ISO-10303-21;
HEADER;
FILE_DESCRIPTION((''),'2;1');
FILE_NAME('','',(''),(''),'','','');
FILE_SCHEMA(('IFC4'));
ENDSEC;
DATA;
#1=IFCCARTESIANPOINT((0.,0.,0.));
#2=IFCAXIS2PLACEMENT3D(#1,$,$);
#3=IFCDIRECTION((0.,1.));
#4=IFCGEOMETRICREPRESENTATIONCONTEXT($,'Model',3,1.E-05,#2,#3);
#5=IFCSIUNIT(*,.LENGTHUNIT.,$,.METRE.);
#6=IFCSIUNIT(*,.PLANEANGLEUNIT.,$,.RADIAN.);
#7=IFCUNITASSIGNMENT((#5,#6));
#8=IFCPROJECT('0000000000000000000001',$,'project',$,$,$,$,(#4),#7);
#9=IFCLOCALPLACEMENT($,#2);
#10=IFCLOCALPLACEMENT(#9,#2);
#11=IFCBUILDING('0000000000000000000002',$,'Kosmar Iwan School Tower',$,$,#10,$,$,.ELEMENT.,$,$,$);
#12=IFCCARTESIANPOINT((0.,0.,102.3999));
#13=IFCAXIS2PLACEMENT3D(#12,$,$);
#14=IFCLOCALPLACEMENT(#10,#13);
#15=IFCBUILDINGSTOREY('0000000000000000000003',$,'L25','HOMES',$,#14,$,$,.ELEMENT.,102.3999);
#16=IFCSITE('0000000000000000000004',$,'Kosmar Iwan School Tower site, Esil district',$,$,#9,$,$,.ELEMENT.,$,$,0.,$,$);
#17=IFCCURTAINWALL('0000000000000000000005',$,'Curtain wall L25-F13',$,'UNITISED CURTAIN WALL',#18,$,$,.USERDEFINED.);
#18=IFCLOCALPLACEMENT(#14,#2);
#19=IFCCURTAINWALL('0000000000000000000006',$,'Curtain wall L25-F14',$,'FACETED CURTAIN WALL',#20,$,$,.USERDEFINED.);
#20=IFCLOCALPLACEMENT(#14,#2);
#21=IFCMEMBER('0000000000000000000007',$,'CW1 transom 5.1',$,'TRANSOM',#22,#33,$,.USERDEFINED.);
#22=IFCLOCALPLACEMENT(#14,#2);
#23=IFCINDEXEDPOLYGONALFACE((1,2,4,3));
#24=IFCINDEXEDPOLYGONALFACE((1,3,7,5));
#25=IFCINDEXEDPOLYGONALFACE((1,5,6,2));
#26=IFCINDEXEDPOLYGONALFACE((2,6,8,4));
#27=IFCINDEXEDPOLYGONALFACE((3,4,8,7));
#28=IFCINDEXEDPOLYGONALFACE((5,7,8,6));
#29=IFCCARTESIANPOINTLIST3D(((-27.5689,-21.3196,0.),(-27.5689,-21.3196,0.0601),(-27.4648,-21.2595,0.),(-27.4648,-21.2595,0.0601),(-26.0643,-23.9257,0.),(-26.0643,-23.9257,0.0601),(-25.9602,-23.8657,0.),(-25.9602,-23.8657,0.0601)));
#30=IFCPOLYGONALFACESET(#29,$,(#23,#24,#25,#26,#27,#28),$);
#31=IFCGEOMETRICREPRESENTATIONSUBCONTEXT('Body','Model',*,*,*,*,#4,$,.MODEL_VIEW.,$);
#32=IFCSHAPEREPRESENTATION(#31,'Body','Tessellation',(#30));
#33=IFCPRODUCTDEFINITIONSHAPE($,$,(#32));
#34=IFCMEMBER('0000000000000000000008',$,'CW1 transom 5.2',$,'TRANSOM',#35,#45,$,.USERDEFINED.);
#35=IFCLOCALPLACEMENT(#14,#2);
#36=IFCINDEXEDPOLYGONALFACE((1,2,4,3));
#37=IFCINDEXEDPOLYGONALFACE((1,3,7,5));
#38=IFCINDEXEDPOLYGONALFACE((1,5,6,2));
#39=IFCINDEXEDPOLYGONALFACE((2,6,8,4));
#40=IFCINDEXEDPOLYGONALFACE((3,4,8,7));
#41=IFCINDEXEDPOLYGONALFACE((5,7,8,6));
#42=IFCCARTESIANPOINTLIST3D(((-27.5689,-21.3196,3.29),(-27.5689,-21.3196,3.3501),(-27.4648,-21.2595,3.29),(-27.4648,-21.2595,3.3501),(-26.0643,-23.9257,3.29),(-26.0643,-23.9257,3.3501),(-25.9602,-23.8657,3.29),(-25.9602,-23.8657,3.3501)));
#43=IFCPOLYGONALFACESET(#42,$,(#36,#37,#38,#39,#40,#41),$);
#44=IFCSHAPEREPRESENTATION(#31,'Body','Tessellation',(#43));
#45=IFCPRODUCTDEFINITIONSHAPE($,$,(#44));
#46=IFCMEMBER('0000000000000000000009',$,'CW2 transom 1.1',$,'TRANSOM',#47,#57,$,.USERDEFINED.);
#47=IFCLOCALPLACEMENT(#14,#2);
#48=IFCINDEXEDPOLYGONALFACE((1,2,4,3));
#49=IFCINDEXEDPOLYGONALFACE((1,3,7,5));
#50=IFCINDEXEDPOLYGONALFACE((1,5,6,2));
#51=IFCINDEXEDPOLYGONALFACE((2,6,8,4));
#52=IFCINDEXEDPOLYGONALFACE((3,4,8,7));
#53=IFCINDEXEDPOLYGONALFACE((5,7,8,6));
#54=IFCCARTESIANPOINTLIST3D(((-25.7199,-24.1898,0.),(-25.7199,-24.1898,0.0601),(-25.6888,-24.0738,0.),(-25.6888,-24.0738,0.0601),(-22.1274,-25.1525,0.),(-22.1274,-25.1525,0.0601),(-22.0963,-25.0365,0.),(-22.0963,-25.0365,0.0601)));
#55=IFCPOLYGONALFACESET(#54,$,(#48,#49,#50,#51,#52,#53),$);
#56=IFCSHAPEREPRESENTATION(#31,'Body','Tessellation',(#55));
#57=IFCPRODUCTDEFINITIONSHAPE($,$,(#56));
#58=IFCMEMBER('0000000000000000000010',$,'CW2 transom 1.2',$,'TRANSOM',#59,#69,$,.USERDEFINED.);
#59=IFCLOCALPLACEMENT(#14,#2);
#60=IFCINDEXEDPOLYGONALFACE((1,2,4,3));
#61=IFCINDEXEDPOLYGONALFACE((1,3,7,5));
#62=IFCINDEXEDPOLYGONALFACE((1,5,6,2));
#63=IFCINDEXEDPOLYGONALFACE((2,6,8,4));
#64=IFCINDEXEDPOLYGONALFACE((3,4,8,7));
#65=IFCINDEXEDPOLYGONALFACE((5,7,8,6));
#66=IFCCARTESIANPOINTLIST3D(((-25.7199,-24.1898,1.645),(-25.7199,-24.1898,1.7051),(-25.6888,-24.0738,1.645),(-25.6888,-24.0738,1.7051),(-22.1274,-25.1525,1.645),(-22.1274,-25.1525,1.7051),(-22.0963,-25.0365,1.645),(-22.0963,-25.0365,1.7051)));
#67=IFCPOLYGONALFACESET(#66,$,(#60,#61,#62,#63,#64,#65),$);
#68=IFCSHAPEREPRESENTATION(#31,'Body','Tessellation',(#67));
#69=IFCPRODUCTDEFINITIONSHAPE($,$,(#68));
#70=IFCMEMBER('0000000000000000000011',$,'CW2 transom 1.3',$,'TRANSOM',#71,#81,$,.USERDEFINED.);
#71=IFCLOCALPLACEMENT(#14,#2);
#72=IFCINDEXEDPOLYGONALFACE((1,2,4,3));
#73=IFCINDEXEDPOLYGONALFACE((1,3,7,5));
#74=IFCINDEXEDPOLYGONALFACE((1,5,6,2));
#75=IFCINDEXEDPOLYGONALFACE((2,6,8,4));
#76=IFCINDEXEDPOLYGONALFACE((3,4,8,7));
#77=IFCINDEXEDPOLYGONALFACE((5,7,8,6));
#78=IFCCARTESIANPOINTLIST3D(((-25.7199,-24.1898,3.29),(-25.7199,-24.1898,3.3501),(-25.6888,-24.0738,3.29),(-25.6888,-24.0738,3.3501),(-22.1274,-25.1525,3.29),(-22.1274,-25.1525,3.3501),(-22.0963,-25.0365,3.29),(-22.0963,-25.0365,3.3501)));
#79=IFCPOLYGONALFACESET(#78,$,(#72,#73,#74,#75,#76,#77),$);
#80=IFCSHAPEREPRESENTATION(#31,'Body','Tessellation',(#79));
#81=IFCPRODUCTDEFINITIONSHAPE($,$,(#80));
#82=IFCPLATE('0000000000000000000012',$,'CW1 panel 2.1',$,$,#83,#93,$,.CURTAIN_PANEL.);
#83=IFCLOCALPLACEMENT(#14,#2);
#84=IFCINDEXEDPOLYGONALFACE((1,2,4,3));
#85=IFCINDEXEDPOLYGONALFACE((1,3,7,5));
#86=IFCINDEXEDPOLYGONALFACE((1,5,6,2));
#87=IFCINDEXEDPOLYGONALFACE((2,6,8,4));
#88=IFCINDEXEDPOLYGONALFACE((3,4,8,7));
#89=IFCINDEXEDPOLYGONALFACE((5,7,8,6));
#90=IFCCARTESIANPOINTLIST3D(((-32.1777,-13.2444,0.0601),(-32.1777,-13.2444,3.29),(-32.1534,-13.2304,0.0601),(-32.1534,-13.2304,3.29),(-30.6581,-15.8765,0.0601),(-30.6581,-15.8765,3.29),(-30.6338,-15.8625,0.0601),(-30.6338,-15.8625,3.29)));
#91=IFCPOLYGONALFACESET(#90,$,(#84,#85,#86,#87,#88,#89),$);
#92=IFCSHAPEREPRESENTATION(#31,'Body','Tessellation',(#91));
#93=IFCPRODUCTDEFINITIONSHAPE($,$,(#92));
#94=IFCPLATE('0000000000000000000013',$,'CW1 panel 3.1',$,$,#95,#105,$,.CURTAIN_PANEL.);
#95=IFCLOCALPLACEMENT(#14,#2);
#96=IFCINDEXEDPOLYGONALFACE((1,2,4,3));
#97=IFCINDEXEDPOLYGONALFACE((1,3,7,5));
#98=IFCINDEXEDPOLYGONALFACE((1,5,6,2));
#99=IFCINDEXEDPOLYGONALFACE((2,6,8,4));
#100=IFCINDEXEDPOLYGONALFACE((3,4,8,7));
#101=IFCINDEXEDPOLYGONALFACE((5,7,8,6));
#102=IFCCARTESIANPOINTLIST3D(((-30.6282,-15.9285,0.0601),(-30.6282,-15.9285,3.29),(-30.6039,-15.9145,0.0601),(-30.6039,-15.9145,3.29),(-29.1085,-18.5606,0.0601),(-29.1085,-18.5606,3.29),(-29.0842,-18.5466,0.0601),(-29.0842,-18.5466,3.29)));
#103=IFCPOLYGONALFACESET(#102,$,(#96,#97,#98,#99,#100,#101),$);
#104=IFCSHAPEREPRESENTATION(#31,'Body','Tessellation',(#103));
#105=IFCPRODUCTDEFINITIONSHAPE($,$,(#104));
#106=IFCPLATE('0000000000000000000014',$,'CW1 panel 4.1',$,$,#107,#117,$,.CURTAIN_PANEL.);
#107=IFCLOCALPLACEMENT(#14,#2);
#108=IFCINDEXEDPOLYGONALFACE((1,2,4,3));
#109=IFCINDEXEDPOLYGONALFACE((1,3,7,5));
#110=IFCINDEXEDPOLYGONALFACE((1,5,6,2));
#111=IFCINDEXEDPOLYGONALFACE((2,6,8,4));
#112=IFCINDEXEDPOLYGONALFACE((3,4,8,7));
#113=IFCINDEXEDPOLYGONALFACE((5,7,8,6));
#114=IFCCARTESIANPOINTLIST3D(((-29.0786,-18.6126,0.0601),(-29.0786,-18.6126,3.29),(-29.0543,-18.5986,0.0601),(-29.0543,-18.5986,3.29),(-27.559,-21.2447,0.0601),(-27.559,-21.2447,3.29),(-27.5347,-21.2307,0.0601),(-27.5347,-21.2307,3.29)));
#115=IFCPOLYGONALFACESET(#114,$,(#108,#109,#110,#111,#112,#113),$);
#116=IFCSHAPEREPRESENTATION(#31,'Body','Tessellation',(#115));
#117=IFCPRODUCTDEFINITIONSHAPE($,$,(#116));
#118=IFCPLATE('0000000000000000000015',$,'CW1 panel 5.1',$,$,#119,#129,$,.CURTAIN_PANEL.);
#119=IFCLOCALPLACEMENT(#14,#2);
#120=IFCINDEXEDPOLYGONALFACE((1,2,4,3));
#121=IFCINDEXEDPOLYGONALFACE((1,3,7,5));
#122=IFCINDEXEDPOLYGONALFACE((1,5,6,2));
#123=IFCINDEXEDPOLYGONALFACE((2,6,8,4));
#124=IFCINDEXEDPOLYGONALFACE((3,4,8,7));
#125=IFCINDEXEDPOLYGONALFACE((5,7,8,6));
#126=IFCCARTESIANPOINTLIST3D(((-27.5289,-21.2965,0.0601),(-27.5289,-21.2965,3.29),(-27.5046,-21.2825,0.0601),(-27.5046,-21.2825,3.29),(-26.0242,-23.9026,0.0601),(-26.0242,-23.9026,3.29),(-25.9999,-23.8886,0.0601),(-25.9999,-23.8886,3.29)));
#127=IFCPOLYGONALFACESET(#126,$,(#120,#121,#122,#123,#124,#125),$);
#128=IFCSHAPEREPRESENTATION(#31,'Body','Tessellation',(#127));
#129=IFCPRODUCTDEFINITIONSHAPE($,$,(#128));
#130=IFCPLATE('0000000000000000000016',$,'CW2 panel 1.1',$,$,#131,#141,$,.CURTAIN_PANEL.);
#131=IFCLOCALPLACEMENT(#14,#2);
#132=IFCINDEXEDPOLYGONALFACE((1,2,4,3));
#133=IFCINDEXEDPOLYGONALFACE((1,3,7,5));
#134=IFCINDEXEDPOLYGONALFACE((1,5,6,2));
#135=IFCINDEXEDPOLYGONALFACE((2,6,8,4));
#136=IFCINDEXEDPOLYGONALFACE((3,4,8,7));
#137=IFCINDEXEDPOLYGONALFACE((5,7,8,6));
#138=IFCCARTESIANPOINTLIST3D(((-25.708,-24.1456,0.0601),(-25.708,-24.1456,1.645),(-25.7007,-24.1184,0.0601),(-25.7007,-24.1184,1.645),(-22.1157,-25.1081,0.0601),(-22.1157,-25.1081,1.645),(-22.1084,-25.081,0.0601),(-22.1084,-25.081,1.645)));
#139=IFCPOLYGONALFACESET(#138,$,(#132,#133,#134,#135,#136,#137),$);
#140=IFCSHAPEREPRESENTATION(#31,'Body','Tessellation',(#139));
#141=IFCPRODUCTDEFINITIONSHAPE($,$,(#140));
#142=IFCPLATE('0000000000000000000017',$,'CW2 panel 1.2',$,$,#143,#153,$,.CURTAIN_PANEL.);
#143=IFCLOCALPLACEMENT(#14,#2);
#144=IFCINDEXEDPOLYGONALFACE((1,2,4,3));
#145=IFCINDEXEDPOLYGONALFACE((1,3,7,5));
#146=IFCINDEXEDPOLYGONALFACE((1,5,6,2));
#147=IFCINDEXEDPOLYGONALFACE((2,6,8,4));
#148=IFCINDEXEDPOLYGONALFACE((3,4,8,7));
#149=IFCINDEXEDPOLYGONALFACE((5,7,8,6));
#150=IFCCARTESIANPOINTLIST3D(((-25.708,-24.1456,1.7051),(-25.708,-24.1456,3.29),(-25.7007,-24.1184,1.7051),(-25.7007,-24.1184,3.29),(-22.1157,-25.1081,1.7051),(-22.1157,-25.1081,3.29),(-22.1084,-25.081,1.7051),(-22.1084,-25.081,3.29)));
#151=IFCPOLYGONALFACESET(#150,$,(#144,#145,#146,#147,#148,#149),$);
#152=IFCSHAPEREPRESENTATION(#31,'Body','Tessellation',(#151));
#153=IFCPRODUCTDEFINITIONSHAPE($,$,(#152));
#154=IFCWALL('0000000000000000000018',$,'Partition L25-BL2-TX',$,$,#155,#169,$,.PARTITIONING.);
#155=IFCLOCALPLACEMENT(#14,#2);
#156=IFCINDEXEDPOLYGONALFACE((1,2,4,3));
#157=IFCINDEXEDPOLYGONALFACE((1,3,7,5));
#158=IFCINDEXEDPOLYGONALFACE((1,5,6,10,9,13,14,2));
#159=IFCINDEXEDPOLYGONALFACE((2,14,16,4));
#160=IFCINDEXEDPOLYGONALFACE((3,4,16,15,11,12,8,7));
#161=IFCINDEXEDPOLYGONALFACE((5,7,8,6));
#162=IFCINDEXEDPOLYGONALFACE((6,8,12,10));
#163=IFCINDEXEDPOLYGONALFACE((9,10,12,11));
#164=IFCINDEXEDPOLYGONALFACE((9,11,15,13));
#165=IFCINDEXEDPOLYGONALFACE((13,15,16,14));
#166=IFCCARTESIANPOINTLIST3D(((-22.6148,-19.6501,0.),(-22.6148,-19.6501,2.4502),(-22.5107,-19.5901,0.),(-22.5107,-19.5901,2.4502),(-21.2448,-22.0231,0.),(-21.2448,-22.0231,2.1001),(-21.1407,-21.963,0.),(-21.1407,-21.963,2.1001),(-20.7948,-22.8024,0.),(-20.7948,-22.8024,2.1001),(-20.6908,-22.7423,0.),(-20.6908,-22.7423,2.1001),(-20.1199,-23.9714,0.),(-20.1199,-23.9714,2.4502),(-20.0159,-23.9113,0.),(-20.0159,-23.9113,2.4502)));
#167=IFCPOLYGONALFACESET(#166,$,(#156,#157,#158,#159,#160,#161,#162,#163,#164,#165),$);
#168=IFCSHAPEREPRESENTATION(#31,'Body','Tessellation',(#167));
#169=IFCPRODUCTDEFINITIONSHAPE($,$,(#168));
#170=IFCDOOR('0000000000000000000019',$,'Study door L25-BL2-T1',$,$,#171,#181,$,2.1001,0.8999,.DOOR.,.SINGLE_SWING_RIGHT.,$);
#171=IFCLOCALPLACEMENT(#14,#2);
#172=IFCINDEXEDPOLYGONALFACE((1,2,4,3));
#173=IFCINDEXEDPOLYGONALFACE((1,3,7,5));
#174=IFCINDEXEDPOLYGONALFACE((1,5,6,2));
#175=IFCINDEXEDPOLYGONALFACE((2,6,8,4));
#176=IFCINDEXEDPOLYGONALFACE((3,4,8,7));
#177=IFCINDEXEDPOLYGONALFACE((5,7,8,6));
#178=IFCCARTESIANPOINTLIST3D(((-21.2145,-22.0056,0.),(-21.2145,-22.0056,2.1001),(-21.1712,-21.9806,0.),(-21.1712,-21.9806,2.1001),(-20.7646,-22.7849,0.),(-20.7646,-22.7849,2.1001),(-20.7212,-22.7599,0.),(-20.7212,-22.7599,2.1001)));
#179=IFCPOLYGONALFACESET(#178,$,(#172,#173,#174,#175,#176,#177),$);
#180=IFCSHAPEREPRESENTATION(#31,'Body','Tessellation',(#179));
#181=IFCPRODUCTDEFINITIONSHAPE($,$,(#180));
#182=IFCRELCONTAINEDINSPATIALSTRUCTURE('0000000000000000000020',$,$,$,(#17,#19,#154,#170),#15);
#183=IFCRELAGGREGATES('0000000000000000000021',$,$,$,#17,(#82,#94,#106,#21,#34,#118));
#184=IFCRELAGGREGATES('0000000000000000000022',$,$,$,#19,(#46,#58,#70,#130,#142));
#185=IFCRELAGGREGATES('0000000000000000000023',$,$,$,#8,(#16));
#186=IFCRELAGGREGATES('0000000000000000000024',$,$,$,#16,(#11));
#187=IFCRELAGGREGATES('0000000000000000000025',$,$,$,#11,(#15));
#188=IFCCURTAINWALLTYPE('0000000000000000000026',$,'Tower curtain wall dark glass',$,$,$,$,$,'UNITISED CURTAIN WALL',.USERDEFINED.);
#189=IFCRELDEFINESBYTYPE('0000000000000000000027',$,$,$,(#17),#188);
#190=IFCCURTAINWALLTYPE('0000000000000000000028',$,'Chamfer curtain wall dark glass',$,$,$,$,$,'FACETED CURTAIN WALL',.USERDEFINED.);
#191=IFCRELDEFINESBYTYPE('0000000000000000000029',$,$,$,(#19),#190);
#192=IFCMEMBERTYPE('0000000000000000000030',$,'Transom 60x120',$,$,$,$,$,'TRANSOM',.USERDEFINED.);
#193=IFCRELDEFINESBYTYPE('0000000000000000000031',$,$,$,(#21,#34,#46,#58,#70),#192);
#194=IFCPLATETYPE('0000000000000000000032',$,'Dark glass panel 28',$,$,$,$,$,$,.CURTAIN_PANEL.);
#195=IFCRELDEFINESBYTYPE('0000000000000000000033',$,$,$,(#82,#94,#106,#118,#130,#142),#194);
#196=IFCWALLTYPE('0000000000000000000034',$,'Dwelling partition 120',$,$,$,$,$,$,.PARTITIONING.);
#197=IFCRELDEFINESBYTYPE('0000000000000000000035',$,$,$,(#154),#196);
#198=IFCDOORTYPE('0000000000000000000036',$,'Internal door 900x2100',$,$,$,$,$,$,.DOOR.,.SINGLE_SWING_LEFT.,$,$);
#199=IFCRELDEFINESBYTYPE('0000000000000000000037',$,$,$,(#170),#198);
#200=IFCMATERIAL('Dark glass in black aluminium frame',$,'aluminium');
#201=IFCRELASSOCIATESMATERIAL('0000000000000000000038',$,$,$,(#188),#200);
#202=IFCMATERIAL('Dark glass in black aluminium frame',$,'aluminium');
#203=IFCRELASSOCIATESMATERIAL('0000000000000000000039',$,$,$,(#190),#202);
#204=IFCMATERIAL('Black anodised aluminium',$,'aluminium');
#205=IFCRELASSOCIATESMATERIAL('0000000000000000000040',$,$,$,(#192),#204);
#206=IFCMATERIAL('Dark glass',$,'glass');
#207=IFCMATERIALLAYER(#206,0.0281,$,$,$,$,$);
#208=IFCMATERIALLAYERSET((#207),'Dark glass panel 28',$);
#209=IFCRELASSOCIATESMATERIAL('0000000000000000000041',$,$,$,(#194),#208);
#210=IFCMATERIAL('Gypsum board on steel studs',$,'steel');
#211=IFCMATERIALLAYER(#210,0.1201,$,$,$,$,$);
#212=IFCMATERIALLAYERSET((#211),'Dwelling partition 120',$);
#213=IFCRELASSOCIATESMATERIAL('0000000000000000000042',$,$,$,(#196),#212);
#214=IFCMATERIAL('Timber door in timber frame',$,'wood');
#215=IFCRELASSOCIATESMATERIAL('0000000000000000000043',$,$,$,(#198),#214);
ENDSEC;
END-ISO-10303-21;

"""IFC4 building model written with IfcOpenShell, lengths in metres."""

from ifc_helpers import new_model, si_unit, direction, frame, frame_2d, origin, origin_2d, place, context, subcontext, project, spatial, rectangle, extrude, material, layer, layer_set, material_profile, profile_set, type_object, element, fill, aggregate, save


model = new_model("IFC4")

# Units and contexts
model_context = context("Model", 3, precision=1e-05, world=origin(), true_north=direction((0.0, 1.0)))
body_context = subcontext(model_context, "Body", "Model", "MODEL_VIEW")
ifc_project = project(units=[si_unit("LENGTHUNIT", "METRE"), si_unit("PLANEANGLEUNIT", "RADIAN")], contexts=[model_context])

# Site, building, storey
site_placement = place(None, origin())
site = spatial("IfcSite", under=ifc_project, at=site_placement, Name="Kosmar Iwan School Tower site, Esil district", CompositionType="ELEMENT", RefElevation=0.0)
building_placement = place(site_placement, origin())
building = spatial("IfcBuilding", under=site, at=building_placement, Name="Kosmar Iwan School Tower", CompositionType="ELEMENT")
storey_placement = place(building_placement, frame((0.0, 0.0, 102.3999)))
storey = spatial("IfcBuildingStorey", under=building, at=storey_placement, Name="L25", Description="HOMES", CompositionType="ELEMENT", Elevation=102.3999)

# Curtain wall
ifc_material_1 = material(Name="Dark glass in black aluminium frame", Category="aluminium")
curtain_wall_type_1 = type_object("IfcCurtainWallType", Name="Tower curtain wall dark glass", ElementType="UNITISED CURTAIN WALL", PredefinedType="USERDEFINED", material=ifc_material_1)
curtain_wall_1_placement = place(storey_placement, origin())
curtain_wall_1 = element("IfcCurtainWall", 1, at=curtain_wall_1_placement, inside=storey, type_object=curtain_wall_type_1, Name="Curtain wall L25-F13", ObjectType="UNITISED CURTAIN WALL", PredefinedType="USERDEFINED")

# Curtain wall
ifc_material_2 = material(Name="Dark glass in black aluminium frame", Category="aluminium")
curtain_wall_type_2 = type_object("IfcCurtainWallType", Name="Chamfer curtain wall dark glass", ElementType="FACETED CURTAIN WALL", PredefinedType="USERDEFINED", material=ifc_material_2)
curtain_wall_2_placement = place(storey_placement, origin())
curtain_wall_2 = element("IfcCurtainWall", 2, at=curtain_wall_2_placement, inside=storey, type_object=curtain_wall_type_2, Name="Curtain wall L25-F14", ObjectType="FACETED CURTAIN WALL", PredefinedType="USERDEFINED")

# Members
ifc_material_3 = material(Name="Black anodised aluminium", Category="aluminium")
ifc_material_profile_1 = material_profile(ifc_material_3, rectangle(XDim=0.1201, YDim=0.0601, at=origin_2d()), Name="TRANSOM 60x120")
ifc_profile_set_1 = profile_set([ifc_material_profile_1], Name="Black anodised aluminium")
member_type_1 = type_object("IfcMemberType", Name="Transom 60x120", ElementType="TRANSOM", PredefinedType="USERDEFINED", material=ifc_profile_set_1)
member_1_placement = place(storey_placement, frame((-27.5168, -21.2896, 0.03), z_axis=(0.499987, -0.866033, 0.0), x_axis=(0.866033, 0.499987, 0.0)))
member_1 = element("IfcMember", 3, at=member_1_placement, type_object=member_type_1, Name="CW1 transom 5.1", ObjectType="TRANSOM", PredefinedType="USERDEFINED", context=body_context, shape_type="SweptSolid", body=[
    extrude(rectangle(XDim=0.1201, YDim=0.0601, at=origin_2d()), origin(), (0.0, 0.0, 1.0), 3.0093),
])
member_2_placement = place(storey_placement, frame((-27.5168, -21.2896, 3.3201), z_axis=(0.499987, -0.866033, 0.0), x_axis=(0.866033, 0.499987, 0.0)))
member_2 = element("IfcMember", 4, at=member_2_placement, type_object=member_type_1, Name="CW1 transom 5.2", ObjectType="TRANSOM", PredefinedType="USERDEFINED", context=body_context, shape_type="SweptSolid", body=[
    extrude(rectangle(XDim=0.1201, YDim=0.0601, at=origin_2d()), origin(), (0.0, 0.0, 1.0), 3.0093),
])
member_3_placement = place(storey_placement, frame((-25.7043, -24.1318, 0.03), z_axis=(0.965924, -0.258827, 0.0), x_axis=(0.258827, 0.965924, 0.0)))
member_3 = element("IfcMember", 5, at=member_3_placement, type_object=member_type_1, Name="CW2 transom 1.1", ObjectType="TRANSOM", PredefinedType="USERDEFINED", context=body_context, shape_type="SweptSolid", body=[
    extrude(rectangle(XDim=0.1201, YDim=0.0601, at=origin_2d()), origin(), (0.0, 0.0, 1.0), 3.7192),
])
member_4_placement = place(storey_placement, frame((-25.7043, -24.1318, 1.675), z_axis=(0.965924, -0.258827, 0.0), x_axis=(0.258827, 0.965924, 0.0)))
member_4 = element("IfcMember", 6, at=member_4_placement, type_object=member_type_1, Name="CW2 transom 1.2", ObjectType="TRANSOM", PredefinedType="USERDEFINED", context=body_context, shape_type="SweptSolid", body=[
    extrude(rectangle(XDim=0.1201, YDim=0.0601, at=origin_2d()), origin(), (0.0, 0.0, 1.0), 3.7192),
])
member_5_placement = place(storey_placement, frame((-25.7043, -24.1318, 3.3201), z_axis=(0.965924, -0.258827, 0.0), x_axis=(0.258827, 0.965924, 0.0)))
member_5 = element("IfcMember", 7, at=member_5_placement, type_object=member_type_1, Name="CW2 transom 1.3", ObjectType="TRANSOM", PredefinedType="USERDEFINED", context=body_context, shape_type="SweptSolid", body=[
    extrude(rectangle(XDim=0.1201, YDim=0.0601, at=origin_2d()), origin(), (0.0, 0.0, 1.0), 3.7192),
])

# Plates
ifc_material_4 = material(Name="Dark glass", Category="glass")
ifc_layer_1 = layer(ifc_material_4, 0.0281)
ifc_layer_set_1 = layer_set([ifc_layer_1], Name="Dark glass panel 28")
plate_type = type_object("IfcPlateType", Name="Dark glass panel 28", PredefinedType="CURTAIN_PANEL", material=ifc_layer_set_1)
plate_1_placement = place(storey_placement, frame((-31.4058, -14.5535, 0.0601), z_axis=(0.0, 0.0, 1.0), x_axis=(0.5, -0.866025, 0.0)))
plate_1 = element("IfcPlate", 8, at=plate_1_placement, type_object=plate_type, Name="CW1 panel 2.1", PredefinedType="CURTAIN_PANEL", context=body_context, shape_type="SweptSolid", body=[
    extrude(rectangle(XDim=3.0393, YDim=0.0281, at=origin_2d()), origin(), (0.0, 0.0, 1.0), 3.23),
])
plate_2_placement = place(storey_placement, frame((-29.8562, -17.2375, 0.0601), z_axis=(0.0, 0.0, 1.0), x_axis=(0.5, -0.866025, 0.0)))
plate_2 = element("IfcPlate", 9, at=plate_2_placement, type_object=plate_type, Name="CW1 panel 3.1", PredefinedType="CURTAIN_PANEL", context=body_context, shape_type="SweptSolid", body=[
    extrude(rectangle(XDim=3.0393, YDim=0.0281, at=origin_2d()), origin(), (0.0, 0.0, 1.0), 3.23),
])
plate_3_placement = place(storey_placement, frame((-28.3066, -19.9216, 0.0601), z_axis=(0.0, 0.0, 1.0), x_axis=(0.5, -0.866025, 0.0)))
plate_3 = element("IfcPlate", 10, at=plate_3_placement, type_object=plate_type, Name="CW1 panel 4.1", PredefinedType="CURTAIN_PANEL", context=body_context, shape_type="SweptSolid", body=[
    extrude(rectangle(XDim=3.0393, YDim=0.0281, at=origin_2d()), origin(), (0.0, 0.0, 1.0), 3.23),
])
plate_4_placement = place(storey_placement, frame((-26.7644, -22.5925, 0.0601), z_axis=(0.0, 0.0, 1.0), x_axis=(0.5, -0.866025, 0.0)))
plate_4 = element("IfcPlate", 11, at=plate_4_placement, type_object=plate_type, Name="CW1 panel 5.1", PredefinedType="CURTAIN_PANEL", context=body_context, shape_type="SweptSolid", body=[
    extrude(rectangle(XDim=3.0093, YDim=0.0281, at=origin_2d()), origin(), (0.0, 0.0, 1.0), 3.23),
])
aggregate(curtain_wall_1, [plate_1, plate_2, plate_3, member_1, member_2, plate_4])
plate_5_placement = place(storey_placement, frame((-23.9082, -24.6133, 0.0601), z_axis=(0.0, 0.0, 1.0), x_axis=(0.965926, -0.258819, 0.0)))
plate_5 = element("IfcPlate", 12, at=plate_5_placement, type_object=plate_type, Name="CW2 panel 1.1", PredefinedType="CURTAIN_PANEL", context=body_context, shape_type="SweptSolid", body=[
    extrude(rectangle(XDim=3.719, YDim=0.0281, at=origin_2d()), origin(), (0.0, 0.0, 1.0), 1.585),
])
plate_6_placement = place(storey_placement, frame((-23.9082, -24.6133, 1.7051), z_axis=(0.0, 0.0, 1.0), x_axis=(0.965926, -0.258819, 0.0)))
plate_6 = element("IfcPlate", 13, at=plate_6_placement, type_object=plate_type, Name="CW2 panel 1.2", PredefinedType="CURTAIN_PANEL", context=body_context, shape_type="SweptSolid", body=[
    extrude(rectangle(XDim=3.719, YDim=0.0281, at=origin_2d()), origin(), (0.0, 0.0, 1.0), 1.585),
])
aggregate(curtain_wall_2, [member_3, member_4, member_5, plate_5, plate_6])

# Wall, opening, door
ifc_material_5 = material(Name="Gypsum board on steel studs", Category="steel")
ifc_layer_2 = layer(ifc_material_5, 0.1201)
ifc_layer_set_2 = layer_set([ifc_layer_2], Name="Dwelling partition 120")
wall_type_1 = type_object("IfcWallType", Name="Dwelling partition 120", PredefinedType="PARTITIONING", material=ifc_layer_set_2)
wall_1_placement = place(storey_placement, frame((-22.5627, -19.6201, 0.0), z_axis=(0.0, 0.0, 1.0), x_axis=(0.499996, -0.866028, 0.0)))
wall_1 = element("IfcWall", 14, at=wall_1_placement, inside=storey, type_object=wall_type_1, Name="Partition L25-BL2-TX", PredefinedType="PARTITIONING", context=body_context, shape_type="SweptSolid", body=[
    extrude(rectangle(XDim=4.9897, YDim=0.1201, at=frame_2d((2.4949, 0.0))), origin(), (0.0, 0.0, 1.0), 2.4502),
])
opening_1_placement = place(wall_1_placement, frame((2.74, 0.0, 0.0)))
opening_1 = element("IfcOpeningElement", 15, at=opening_1_placement, cuts=wall_1, PredefinedType="OPENING", context=body_context, shape_type="SweptSolid", body=[
    extrude(rectangle(XDim=0.8999, YDim=2.1001, at=frame_2d((0.45, 1.05))), frame((0.0, 0.072, 0.0), z_axis=(0.0, -1.0, 0.0), x_axis=(1.0, 0.0, 0.0)), (0.0, 0.0, 1.0), 0.144),
])
ifc_material_6 = material(Name="Timber door in timber frame", Category="wood")
door_type_1 = type_object("IfcDoorType", Name="Internal door 900x2100", OperationType="SINGLE_SWING_LEFT", PredefinedType="DOOR", material=ifc_material_6)
door_1_placement = place(opening_1_placement, origin())
door_1 = element("IfcDoor", 16, at=door_1_placement, inside=storey, type_object=door_type_1, Name="Study door L25-BL2-T1", OperationType="SINGLE_SWING_RIGHT", OverallHeight=2.1001, OverallWidth=0.8999, PredefinedType="DOOR", context=body_context, shape_type="SweptSolid", body=[
    extrude(rectangle(XDim=0.8999, YDim=2.1001, at=frame_2d((0.45, 1.05))), frame((0.0, 0.0249, 0.0), z_axis=(0.0, -1.0, 0.0), x_axis=(1.0, 0.0, 0.0)), (0.0, 0.0, 1.0), 0.05),
])
fill(opening_1, door_1)

save(model, "model.ifc")
